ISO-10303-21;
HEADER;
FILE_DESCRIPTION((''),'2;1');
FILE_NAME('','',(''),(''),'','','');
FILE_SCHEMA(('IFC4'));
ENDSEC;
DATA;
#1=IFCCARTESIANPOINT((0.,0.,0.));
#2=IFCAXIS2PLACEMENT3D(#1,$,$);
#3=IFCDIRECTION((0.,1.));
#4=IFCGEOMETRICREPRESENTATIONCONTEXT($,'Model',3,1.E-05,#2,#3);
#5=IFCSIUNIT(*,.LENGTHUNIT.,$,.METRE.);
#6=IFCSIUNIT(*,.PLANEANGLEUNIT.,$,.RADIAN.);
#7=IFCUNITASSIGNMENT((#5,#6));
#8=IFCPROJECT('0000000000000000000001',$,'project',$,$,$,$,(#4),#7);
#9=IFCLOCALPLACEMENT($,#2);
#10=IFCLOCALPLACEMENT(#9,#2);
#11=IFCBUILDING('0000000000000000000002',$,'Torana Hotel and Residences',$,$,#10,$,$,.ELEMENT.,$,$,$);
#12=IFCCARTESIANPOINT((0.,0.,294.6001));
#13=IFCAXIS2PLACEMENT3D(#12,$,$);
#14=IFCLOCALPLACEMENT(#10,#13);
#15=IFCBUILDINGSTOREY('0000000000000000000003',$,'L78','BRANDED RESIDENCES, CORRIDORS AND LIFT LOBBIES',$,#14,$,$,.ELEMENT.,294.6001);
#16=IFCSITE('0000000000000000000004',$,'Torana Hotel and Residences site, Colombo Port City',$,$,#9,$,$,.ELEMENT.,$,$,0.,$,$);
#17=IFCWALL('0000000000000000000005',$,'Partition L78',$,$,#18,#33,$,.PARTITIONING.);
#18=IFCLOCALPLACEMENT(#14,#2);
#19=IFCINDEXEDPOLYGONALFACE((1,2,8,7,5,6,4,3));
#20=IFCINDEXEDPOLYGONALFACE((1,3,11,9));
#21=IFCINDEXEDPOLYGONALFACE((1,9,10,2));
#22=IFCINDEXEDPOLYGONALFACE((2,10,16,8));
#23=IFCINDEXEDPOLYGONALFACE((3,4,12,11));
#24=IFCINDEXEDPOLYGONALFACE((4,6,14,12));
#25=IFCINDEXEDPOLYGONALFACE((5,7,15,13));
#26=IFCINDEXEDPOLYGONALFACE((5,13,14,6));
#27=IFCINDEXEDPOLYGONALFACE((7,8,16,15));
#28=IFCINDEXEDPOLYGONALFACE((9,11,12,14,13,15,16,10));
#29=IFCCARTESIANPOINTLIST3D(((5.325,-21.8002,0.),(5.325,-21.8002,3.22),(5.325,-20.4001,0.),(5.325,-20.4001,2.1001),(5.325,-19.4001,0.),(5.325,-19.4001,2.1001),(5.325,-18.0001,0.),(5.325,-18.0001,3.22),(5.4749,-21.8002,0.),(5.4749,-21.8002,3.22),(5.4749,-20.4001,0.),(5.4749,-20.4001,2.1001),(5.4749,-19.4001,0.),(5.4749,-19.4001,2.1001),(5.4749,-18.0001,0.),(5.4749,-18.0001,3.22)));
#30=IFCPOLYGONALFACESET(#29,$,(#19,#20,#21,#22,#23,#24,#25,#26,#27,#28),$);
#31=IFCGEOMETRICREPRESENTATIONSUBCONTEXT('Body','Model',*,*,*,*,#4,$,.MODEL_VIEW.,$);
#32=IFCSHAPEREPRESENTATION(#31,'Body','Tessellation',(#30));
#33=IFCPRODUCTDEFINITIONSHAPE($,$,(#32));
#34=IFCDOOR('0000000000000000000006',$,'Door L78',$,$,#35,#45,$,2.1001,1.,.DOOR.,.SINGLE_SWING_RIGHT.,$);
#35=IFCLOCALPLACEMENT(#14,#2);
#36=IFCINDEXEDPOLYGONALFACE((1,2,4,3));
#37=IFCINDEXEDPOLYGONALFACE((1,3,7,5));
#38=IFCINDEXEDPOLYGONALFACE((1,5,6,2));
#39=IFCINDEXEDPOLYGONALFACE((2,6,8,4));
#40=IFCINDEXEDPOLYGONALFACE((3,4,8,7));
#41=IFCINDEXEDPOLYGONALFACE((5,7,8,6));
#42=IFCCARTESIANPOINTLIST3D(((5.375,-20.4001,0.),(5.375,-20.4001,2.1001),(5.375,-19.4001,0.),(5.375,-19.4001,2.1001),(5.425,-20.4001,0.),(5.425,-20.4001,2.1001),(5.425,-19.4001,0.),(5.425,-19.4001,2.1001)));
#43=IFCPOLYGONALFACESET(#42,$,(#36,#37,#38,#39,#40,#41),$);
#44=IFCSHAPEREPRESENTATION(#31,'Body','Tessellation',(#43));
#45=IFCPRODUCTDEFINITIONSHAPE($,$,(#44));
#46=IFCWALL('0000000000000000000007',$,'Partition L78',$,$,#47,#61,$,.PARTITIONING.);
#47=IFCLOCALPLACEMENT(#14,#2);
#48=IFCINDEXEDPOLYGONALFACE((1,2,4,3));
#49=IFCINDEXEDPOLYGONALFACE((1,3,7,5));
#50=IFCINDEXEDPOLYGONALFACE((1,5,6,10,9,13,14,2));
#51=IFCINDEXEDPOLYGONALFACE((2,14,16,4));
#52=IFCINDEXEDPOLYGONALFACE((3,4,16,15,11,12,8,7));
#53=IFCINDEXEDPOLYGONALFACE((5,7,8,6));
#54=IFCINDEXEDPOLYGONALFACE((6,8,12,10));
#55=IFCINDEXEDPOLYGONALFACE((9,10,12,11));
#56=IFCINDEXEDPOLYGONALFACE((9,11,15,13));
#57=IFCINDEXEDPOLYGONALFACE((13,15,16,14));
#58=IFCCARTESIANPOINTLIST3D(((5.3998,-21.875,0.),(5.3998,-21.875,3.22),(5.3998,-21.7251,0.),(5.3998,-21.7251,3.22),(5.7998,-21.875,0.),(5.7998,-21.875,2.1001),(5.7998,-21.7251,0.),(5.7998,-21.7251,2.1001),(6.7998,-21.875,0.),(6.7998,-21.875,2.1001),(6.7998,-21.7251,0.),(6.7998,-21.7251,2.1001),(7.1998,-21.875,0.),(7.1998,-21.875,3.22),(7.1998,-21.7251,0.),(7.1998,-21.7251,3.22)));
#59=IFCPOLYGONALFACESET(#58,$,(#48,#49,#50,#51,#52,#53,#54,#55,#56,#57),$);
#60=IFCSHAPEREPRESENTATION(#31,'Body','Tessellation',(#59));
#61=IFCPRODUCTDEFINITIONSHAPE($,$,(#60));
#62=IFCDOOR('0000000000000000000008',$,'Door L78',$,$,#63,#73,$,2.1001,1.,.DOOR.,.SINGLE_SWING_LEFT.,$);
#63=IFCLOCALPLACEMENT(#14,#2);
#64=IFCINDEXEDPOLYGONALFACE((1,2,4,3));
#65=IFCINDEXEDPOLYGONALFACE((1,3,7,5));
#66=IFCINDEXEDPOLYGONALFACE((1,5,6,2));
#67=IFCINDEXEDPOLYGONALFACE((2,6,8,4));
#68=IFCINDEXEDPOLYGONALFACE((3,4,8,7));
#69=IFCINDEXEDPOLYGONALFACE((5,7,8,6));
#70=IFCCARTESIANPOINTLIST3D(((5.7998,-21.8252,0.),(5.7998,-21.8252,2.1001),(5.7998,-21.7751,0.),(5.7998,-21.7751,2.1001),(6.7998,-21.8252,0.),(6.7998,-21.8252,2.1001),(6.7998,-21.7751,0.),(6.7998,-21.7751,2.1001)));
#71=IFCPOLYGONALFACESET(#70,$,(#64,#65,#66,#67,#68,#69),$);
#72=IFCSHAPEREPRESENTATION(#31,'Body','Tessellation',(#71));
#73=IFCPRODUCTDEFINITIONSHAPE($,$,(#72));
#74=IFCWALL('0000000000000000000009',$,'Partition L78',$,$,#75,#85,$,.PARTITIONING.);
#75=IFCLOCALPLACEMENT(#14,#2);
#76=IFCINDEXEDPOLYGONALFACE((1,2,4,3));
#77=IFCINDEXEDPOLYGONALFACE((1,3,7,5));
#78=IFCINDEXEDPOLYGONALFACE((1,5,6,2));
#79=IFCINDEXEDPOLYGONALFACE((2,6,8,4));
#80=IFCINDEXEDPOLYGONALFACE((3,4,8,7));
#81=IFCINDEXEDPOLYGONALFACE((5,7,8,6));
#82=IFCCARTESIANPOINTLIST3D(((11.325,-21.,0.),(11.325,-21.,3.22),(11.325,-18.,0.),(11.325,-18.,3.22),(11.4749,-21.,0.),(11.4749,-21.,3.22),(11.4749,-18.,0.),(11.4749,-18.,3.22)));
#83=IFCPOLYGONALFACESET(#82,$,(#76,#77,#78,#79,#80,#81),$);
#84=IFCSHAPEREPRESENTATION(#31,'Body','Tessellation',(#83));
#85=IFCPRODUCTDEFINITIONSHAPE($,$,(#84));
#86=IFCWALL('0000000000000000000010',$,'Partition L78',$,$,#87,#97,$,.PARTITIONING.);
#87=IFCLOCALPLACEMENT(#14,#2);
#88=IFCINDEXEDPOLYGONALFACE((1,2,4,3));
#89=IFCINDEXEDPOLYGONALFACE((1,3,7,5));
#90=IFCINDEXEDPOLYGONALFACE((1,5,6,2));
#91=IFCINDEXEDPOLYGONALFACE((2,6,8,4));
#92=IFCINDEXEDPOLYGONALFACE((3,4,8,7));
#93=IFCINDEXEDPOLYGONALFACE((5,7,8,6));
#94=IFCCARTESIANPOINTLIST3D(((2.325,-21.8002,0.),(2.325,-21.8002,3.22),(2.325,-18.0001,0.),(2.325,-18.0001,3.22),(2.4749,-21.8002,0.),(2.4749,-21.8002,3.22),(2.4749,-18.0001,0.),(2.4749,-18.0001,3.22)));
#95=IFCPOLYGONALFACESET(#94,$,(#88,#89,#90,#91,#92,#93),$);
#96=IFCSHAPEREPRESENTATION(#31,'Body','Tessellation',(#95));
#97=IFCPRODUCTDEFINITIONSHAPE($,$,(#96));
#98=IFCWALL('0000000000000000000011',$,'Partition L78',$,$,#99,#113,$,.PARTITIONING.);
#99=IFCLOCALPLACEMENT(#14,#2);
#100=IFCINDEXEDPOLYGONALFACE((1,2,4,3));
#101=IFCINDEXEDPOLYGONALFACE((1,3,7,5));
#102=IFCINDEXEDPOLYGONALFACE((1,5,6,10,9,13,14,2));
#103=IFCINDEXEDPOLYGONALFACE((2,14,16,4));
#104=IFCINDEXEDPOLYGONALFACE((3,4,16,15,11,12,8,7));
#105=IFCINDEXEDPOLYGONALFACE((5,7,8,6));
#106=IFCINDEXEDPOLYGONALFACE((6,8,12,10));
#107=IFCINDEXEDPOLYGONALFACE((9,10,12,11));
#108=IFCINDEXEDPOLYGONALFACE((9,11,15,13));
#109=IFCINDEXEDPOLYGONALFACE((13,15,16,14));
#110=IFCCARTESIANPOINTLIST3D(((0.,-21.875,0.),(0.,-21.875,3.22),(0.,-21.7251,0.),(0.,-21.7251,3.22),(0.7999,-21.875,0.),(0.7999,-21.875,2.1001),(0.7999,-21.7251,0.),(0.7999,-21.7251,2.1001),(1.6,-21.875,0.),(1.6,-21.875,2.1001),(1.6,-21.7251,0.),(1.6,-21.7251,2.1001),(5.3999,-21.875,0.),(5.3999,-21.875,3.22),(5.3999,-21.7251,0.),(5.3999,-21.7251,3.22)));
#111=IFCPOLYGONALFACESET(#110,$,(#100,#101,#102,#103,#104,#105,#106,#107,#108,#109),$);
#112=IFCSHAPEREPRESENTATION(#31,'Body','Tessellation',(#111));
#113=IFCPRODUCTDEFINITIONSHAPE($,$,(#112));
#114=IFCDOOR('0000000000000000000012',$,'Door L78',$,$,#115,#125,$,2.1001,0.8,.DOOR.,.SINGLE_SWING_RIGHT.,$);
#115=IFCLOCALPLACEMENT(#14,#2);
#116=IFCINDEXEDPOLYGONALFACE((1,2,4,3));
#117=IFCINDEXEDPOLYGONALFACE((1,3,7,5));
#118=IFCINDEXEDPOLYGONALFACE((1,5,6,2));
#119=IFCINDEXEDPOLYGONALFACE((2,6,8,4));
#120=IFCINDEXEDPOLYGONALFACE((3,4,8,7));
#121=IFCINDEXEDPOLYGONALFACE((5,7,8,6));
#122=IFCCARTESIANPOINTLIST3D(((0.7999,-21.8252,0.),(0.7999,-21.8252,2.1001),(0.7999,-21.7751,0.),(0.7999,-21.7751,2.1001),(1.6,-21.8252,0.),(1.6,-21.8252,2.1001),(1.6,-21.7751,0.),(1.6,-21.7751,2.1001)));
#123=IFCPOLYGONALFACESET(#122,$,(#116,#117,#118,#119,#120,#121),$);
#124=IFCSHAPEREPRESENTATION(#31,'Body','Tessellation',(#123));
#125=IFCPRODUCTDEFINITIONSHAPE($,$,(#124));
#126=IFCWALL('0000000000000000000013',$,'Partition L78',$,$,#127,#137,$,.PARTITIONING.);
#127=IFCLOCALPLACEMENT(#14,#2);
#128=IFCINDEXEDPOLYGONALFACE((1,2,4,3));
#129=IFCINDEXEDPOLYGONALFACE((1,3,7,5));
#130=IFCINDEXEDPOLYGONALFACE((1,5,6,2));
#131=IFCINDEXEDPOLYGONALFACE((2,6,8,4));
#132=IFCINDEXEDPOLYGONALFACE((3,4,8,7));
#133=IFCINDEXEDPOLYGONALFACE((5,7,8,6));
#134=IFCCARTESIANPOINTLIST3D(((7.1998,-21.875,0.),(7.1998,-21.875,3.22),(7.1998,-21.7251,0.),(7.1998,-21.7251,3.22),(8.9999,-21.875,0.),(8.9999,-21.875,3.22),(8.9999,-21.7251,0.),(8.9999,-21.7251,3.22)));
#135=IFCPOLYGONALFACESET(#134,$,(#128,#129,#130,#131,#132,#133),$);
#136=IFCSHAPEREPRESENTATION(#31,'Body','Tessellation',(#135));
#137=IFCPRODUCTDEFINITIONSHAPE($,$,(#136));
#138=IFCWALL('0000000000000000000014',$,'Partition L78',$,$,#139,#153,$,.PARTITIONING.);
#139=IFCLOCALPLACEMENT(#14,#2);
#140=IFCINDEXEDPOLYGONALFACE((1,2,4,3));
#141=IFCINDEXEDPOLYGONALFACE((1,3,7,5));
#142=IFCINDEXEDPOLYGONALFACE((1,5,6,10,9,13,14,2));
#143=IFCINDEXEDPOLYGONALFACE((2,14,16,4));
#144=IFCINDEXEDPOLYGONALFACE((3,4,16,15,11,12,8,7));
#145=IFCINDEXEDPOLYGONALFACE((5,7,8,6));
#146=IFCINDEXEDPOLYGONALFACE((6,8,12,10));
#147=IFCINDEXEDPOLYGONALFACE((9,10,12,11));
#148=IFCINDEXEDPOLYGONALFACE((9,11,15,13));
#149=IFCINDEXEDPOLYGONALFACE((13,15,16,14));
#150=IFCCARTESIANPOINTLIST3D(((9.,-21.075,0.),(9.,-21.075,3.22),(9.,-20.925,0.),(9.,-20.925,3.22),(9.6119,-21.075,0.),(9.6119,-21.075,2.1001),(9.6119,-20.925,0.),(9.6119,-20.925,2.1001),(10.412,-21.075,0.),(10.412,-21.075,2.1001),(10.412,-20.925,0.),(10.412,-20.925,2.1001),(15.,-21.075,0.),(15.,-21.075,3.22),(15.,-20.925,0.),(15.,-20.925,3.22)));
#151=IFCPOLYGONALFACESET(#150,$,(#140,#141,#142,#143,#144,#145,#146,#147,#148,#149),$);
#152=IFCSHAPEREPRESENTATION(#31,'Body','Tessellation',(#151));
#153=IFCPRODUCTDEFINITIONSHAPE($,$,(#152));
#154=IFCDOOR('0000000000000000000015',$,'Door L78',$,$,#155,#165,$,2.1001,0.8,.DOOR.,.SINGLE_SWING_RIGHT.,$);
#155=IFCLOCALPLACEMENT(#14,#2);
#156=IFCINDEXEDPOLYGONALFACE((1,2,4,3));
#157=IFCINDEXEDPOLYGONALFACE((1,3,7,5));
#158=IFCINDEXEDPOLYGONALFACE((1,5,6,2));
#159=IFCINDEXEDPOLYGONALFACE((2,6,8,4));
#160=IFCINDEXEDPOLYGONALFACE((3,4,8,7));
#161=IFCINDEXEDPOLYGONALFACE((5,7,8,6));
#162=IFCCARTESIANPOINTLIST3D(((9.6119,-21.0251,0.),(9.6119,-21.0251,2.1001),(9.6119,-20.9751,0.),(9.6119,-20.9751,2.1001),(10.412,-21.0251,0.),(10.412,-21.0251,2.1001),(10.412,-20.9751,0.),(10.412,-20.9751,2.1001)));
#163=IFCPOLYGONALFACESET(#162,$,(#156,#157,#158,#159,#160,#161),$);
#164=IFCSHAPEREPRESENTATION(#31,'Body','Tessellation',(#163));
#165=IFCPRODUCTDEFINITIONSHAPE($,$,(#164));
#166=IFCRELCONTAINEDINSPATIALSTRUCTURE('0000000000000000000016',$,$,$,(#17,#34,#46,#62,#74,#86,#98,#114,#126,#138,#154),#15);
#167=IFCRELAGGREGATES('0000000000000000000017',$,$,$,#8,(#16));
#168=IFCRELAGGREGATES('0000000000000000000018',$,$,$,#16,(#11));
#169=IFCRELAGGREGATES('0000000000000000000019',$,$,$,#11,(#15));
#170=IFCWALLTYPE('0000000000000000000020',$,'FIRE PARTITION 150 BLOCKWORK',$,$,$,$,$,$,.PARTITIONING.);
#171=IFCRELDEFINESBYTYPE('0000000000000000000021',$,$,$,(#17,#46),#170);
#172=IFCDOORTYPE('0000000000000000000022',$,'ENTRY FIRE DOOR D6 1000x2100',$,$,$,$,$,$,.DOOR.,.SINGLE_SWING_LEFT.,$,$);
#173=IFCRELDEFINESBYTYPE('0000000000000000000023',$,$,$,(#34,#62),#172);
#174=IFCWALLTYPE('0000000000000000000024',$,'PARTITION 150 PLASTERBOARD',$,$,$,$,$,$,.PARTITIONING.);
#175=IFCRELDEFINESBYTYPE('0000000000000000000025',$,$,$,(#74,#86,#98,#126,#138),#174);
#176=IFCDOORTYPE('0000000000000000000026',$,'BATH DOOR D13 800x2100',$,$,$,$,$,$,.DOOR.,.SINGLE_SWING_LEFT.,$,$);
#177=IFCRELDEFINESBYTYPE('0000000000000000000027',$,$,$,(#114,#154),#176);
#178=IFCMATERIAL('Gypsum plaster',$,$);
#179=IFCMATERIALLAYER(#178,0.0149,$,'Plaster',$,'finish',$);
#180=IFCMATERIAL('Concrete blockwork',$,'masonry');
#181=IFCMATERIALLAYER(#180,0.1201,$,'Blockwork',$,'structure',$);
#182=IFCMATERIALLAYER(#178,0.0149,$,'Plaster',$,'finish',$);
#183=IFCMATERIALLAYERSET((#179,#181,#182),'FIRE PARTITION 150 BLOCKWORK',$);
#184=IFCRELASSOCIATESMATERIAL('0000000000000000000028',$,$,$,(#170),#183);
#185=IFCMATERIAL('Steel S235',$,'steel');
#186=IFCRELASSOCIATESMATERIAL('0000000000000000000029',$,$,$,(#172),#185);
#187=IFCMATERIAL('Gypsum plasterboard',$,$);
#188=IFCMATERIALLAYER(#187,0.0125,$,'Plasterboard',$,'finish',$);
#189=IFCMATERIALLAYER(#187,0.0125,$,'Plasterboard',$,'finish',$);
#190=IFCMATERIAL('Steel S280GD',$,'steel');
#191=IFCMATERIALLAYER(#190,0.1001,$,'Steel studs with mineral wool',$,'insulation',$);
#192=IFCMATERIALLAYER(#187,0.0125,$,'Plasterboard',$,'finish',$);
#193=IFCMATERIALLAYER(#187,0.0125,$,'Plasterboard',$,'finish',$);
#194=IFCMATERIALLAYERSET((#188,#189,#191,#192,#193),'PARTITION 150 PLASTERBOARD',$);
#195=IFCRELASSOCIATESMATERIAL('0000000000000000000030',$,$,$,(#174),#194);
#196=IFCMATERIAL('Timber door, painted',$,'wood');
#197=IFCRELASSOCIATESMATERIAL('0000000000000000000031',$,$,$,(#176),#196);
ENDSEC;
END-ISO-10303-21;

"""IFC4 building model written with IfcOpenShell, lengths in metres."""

from ifc_helpers import new_model, si_unit, direction, frame, frame_2d, origin, place, context, subcontext, project, spatial, rectangle, extrude, material, layer, layer_set, type_object, element, fill, save


model = new_model("IFC4")

# Units and contexts
model_context = context("Model", 3, precision=1e-05, world=origin(), true_north=direction((0.0, 1.0)))
body_context = subcontext(model_context, "Body", "Model", "MODEL_VIEW")
ifc_project = project(units=[si_unit("LENGTHUNIT", "METRE"), si_unit("PLANEANGLEUNIT", "RADIAN")], contexts=[model_context])

# Site, building, storey
site_placement = place(None, origin())
site = spatial("IfcSite", under=ifc_project, at=site_placement, Name="Torana Hotel and Residences site, Colombo Port City", CompositionType="ELEMENT", RefElevation=0.0)
building_placement = place(site_placement, origin())
building = spatial("IfcBuilding", under=site, at=building_placement, Name="Torana Hotel and Residences", CompositionType="ELEMENT")
storey_placement = place(building_placement, frame((0.0, 0.0, 294.6001)))
storey = spatial("IfcBuildingStorey", under=building, at=storey_placement, Name="L78", Description="BRANDED RESIDENCES, CORRIDORS AND LIFT LOBBIES", CompositionType="ELEMENT", Elevation=294.6001)

# Shared definitions
ifc_material_1 = material(Name="Gypsum plaster")
ifc_layer_1 = layer(ifc_material_1, 0.0149, Name="Plaster", Category="finish")
ifc_material_2 = material(Name="Concrete blockwork", Category="masonry")
ifc_layer_2 = layer(ifc_material_2, 0.1201, Name="Blockwork", Category="structure")
ifc_layer_3 = layer(ifc_material_1, 0.0149, Name="Plaster", Category="finish")
ifc_layer_set_1 = layer_set([ifc_layer_1, ifc_layer_2, ifc_layer_3], Name="FIRE PARTITION 150 BLOCKWORK")
wall_type_1 = type_object("IfcWallType", Name="FIRE PARTITION 150 BLOCKWORK", PredefinedType="PARTITIONING", material=ifc_layer_set_1)
ifc_material_3 = material(Name="Steel S235", Category="steel")
door_type_1 = type_object("IfcDoorType", Name="ENTRY FIRE DOOR D6 1000x2100", OperationType="SINGLE_SWING_LEFT", PredefinedType="DOOR", material=ifc_material_3)

# Walls, openings, doors
wall_1_placement = place(storey_placement, frame((5.3999, -21.8, 0.0), z_axis=(0.0, 0.0, 1.0), x_axis=(0.0, 1.0, 0.0)))
wall_1 = element("IfcWall", 1, at=wall_1_placement, inside=storey, type_object=wall_type_1, Name="Partition L78", PredefinedType="PARTITIONING", context=body_context, shape_type="SweptSolid", body=[
    extrude(rectangle(XDim=3.8, YDim=0.1499, at=frame_2d((1.8999, 0.0))), origin(), (0.0, 0.0, 1.0), 3.22),
])
opening_1_placement = place(wall_1_placement, frame((1.3999, 0.0, 0.0)))
opening_1 = element("IfcOpeningElement", 2, at=opening_1_placement, cuts=wall_1, PredefinedType="OPENING", context=body_context, shape_type="SweptSolid", body=[
    extrude(rectangle(XDim=1.0, YDim=2.1001, at=frame_2d((0.5, 1.05))), frame((0.0, 0.085, 0.0), z_axis=(0.0, -1.0, 0.0), x_axis=(1.0, 0.0, 0.0)), (0.0, 0.0, 1.0), 0.1699),
])
door_1_placement = place(opening_1_placement, origin())
door_1 = element("IfcDoor", 3, at=door_1_placement, inside=storey, type_object=door_type_1, Name="Door L78", OperationType="SINGLE_SWING_RIGHT", OverallHeight=2.1001, OverallWidth=1.0, PredefinedType="DOOR", context=body_context, shape_type="SweptSolid", body=[
    extrude(rectangle(XDim=1.0, YDim=2.1001, at=frame_2d((0.5, 1.05))), frame((0.0, 0.0249, 0.0), z_axis=(0.0, -1.0, 0.0), x_axis=(1.0, 0.0, 0.0)), (0.0, 0.0, 1.0), 0.05),
])
fill(opening_1, door_1)
wall_2_placement = place(storey_placement, frame((5.3999, -21.8, 0.0), z_axis=(0.0, 0.0, 1.0), x_axis=(1.0, 0.0, 0.0)))
wall_2 = element("IfcWall", 4, at=wall_2_placement, inside=storey, type_object=wall_type_1, Name="Partition L78", PredefinedType="PARTITIONING", context=body_context, shape_type="SweptSolid", body=[
    extrude(rectangle(XDim=1.8, YDim=0.1499, at=frame_2d((0.8999, 0.0))), origin(), (0.0, 0.0, 1.0), 3.22),
])
opening_2_placement = place(wall_2_placement, frame((0.3999, 0.0, 0.0)))
opening_2 = element("IfcOpeningElement", 5, at=opening_2_placement, cuts=wall_2, PredefinedType="OPENING", context=body_context, shape_type="SweptSolid", body=[
    extrude(rectangle(XDim=1.0, YDim=2.1001, at=frame_2d((0.5, 1.05))), frame((0.0, 0.085, 0.0), z_axis=(0.0, -1.0, 0.0), x_axis=(1.0, 0.0, 0.0)), (0.0, 0.0, 1.0), 0.1699),
])
door_2_placement = place(opening_2_placement, frame((0.5, 0.0, 0.0), z_axis=(0.0, 0.0, 1.0), x_axis=(-1.0, 0.0, 0.0)))
door_2 = element("IfcDoor", 6, at=door_2_placement, inside=storey, type_object=door_type_1, Name="Door L78", OperationType="SINGLE_SWING_LEFT", OverallHeight=2.1001, OverallWidth=1.0, PredefinedType="DOOR", context=body_context, shape_type="SweptSolid", body=[
    extrude(rectangle(XDim=1.0, YDim=2.1001, at=frame_2d((0.0, 1.05))), frame((0.0, -0.0249, 0.0), z_axis=(0.0, 1.0, 0.0), x_axis=(-1.0, 0.0, 0.0)), (0.0, 0.0, 1.0), 0.05),
])
fill(opening_2, door_2)

# Walls
ifc_material_4 = material(Name="Gypsum plasterboard")
ifc_layer_4 = layer(ifc_material_4, 0.0125, Name="Plasterboard", Category="finish")
ifc_layer_5 = layer(ifc_material_4, 0.0125, Name="Plasterboard", Category="finish")
ifc_material_5 = material(Name="Steel S280GD", Category="steel")
ifc_layer_6 = layer(ifc_material_5, 0.1001, Name="Steel studs with mineral wool", Category="insulation")
ifc_layer_7 = layer(ifc_material_4, 0.0125, Name="Plasterboard", Category="finish")
ifc_layer_8 = layer(ifc_material_4, 0.0125, Name="Plasterboard", Category="finish")
ifc_layer_set_2 = layer_set([ifc_layer_4, ifc_layer_5, ifc_layer_6, ifc_layer_7, ifc_layer_8], Name="PARTITION 150 PLASTERBOARD")
wall_type_2 = type_object("IfcWallType", Name="PARTITION 150 PLASTERBOARD", PredefinedType="PARTITIONING", material=ifc_layer_set_2)
wall_3_placement = place(storey_placement, frame((11.3999, -21.0, 0.0), z_axis=(0.0, 0.0, 1.0), x_axis=(0.0, 1.0, 0.0)))
element("IfcWall", 7, at=wall_3_placement, inside=storey, type_object=wall_type_2, Name="Partition L78", PredefinedType="PARTITIONING", context=body_context, shape_type="SweptSolid", body=[
    extrude(rectangle(XDim=3.0, YDim=0.1499, at=frame_2d((1.5, 0.0))), origin(), (0.0, 0.0, 1.0), 3.22),
])
wall_4_placement = place(storey_placement, frame((2.3999, -21.8, 0.0), z_axis=(0.0, 0.0, 1.0), x_axis=(0.0, 1.0, 0.0)))
element("IfcWall", 8, at=wall_4_placement, inside=storey, type_object=wall_type_2, Name="Partition L78", PredefinedType="PARTITIONING", context=body_context, shape_type="SweptSolid", body=[
    extrude(rectangle(XDim=3.8, YDim=0.1499, at=frame_2d((1.8999, 0.0))), origin(), (0.0, 0.0, 1.0), 3.22),
])

# Wall, opening, door
wall_5_placement = place(storey_placement, frame((0.0, -21.8, 0.0), z_axis=(0.0, 0.0, 1.0), x_axis=(1.0, 0.0, 0.0)))
wall_5 = element("IfcWall", 9, at=wall_5_placement, inside=storey, type_object=wall_type_2, Name="Partition L78", PredefinedType="PARTITIONING", context=body_context, shape_type="SweptSolid", body=[
    extrude(rectangle(XDim=5.3999, YDim=0.1499, at=frame_2d((2.7, 0.0))), origin(), (0.0, 0.0, 1.0), 3.22),
])
opening_3_placement = place(wall_5_placement, frame((0.8, 0.0, 0.0)))
opening_3 = element("IfcOpeningElement", 10, at=opening_3_placement, cuts=wall_5, PredefinedType="OPENING", context=body_context, shape_type="SweptSolid", body=[
    extrude(rectangle(XDim=0.8, YDim=2.1001, at=frame_2d((0.3999, 1.05))), frame((0.0, 0.085, 0.0), z_axis=(0.0, -1.0, 0.0), x_axis=(1.0, 0.0, 0.0)), (0.0, 0.0, 1.0), 0.1699),
])
ifc_material_6 = material(Name="Timber door, painted", Category="wood")
door_type_2 = type_object("IfcDoorType", Name="BATH DOOR D13 800x2100", OperationType="SINGLE_SWING_LEFT", PredefinedType="DOOR", material=ifc_material_6)
door_3_placement = place(opening_3_placement, origin())
door_3 = element("IfcDoor", 11, at=door_3_placement, inside=storey, type_object=door_type_2, Name="Door L78", OperationType="SINGLE_SWING_RIGHT", OverallHeight=2.1001, OverallWidth=0.8, PredefinedType="DOOR", context=body_context, shape_type="SweptSolid", body=[
    extrude(rectangle(XDim=0.8, YDim=2.1001, at=frame_2d((0.3999, 1.05))), frame((0.0, 0.0249, 0.0), z_axis=(0.0, -1.0, 0.0), x_axis=(1.0, 0.0, 0.0)), (0.0, 0.0, 1.0), 0.05),
])
fill(opening_3, door_3)

# Wall
wall_6_placement = place(storey_placement, frame((7.2, -21.8, 0.0), z_axis=(0.0, 0.0, 1.0), x_axis=(1.0, 0.0, 0.0)))
element("IfcWall", 12, at=wall_6_placement, inside=storey, type_object=wall_type_2, Name="Partition L78", PredefinedType="PARTITIONING", context=body_context, shape_type="SweptSolid", body=[
    extrude(rectangle(XDim=1.8, YDim=0.1499, at=frame_2d((0.8999, 0.0))), origin(), (0.0, 0.0, 1.0), 3.22),
])

# Wall, opening, door
wall_7_placement = place(storey_placement, frame((9.0, -21.0, 0.0), z_axis=(0.0, 0.0, 1.0), x_axis=(1.0, 0.0, 0.0)))
wall_7 = element("IfcWall", 13, at=wall_7_placement, inside=storey, type_object=wall_type_2, Name="Partition L78", PredefinedType="PARTITIONING", context=body_context, shape_type="SweptSolid", body=[
    extrude(rectangle(XDim=6.0, YDim=0.1499, at=frame_2d((3.0, 0.0))), origin(), (0.0, 0.0, 1.0), 3.22),
])
opening_4_placement = place(wall_7_placement, frame((0.6121, 0.0, 0.0)))
opening_4 = element("IfcOpeningElement", 14, at=opening_4_placement, cuts=wall_7, PredefinedType="OPENING", context=body_context, shape_type="SweptSolid", body=[
    extrude(rectangle(XDim=0.8, YDim=2.1001, at=frame_2d((0.3999, 1.05))), frame((0.0, 0.085, 0.0), z_axis=(0.0, -1.0, 0.0), x_axis=(1.0, 0.0, 0.0)), (0.0, 0.0, 1.0), 0.1699),
])
door_4_placement = place(opening_4_placement, origin())
door_4 = element("IfcDoor", 15, at=door_4_placement, inside=storey, type_object=door_type_2, Name="Door L78", OperationType="SINGLE_SWING_RIGHT", OverallHeight=2.1001, OverallWidth=0.8, PredefinedType="DOOR", context=body_context, shape_type="SweptSolid", body=[
    extrude(rectangle(XDim=0.8, YDim=2.1001, at=frame_2d((0.3999, 1.05))), frame((0.0, 0.0249, 0.0), z_axis=(0.0, -1.0, 0.0), x_axis=(1.0, 0.0, 0.0)), (0.0, 0.0, 1.0), 0.05),
])
fill(opening_4, door_4)

save(model, "model.ifc")
